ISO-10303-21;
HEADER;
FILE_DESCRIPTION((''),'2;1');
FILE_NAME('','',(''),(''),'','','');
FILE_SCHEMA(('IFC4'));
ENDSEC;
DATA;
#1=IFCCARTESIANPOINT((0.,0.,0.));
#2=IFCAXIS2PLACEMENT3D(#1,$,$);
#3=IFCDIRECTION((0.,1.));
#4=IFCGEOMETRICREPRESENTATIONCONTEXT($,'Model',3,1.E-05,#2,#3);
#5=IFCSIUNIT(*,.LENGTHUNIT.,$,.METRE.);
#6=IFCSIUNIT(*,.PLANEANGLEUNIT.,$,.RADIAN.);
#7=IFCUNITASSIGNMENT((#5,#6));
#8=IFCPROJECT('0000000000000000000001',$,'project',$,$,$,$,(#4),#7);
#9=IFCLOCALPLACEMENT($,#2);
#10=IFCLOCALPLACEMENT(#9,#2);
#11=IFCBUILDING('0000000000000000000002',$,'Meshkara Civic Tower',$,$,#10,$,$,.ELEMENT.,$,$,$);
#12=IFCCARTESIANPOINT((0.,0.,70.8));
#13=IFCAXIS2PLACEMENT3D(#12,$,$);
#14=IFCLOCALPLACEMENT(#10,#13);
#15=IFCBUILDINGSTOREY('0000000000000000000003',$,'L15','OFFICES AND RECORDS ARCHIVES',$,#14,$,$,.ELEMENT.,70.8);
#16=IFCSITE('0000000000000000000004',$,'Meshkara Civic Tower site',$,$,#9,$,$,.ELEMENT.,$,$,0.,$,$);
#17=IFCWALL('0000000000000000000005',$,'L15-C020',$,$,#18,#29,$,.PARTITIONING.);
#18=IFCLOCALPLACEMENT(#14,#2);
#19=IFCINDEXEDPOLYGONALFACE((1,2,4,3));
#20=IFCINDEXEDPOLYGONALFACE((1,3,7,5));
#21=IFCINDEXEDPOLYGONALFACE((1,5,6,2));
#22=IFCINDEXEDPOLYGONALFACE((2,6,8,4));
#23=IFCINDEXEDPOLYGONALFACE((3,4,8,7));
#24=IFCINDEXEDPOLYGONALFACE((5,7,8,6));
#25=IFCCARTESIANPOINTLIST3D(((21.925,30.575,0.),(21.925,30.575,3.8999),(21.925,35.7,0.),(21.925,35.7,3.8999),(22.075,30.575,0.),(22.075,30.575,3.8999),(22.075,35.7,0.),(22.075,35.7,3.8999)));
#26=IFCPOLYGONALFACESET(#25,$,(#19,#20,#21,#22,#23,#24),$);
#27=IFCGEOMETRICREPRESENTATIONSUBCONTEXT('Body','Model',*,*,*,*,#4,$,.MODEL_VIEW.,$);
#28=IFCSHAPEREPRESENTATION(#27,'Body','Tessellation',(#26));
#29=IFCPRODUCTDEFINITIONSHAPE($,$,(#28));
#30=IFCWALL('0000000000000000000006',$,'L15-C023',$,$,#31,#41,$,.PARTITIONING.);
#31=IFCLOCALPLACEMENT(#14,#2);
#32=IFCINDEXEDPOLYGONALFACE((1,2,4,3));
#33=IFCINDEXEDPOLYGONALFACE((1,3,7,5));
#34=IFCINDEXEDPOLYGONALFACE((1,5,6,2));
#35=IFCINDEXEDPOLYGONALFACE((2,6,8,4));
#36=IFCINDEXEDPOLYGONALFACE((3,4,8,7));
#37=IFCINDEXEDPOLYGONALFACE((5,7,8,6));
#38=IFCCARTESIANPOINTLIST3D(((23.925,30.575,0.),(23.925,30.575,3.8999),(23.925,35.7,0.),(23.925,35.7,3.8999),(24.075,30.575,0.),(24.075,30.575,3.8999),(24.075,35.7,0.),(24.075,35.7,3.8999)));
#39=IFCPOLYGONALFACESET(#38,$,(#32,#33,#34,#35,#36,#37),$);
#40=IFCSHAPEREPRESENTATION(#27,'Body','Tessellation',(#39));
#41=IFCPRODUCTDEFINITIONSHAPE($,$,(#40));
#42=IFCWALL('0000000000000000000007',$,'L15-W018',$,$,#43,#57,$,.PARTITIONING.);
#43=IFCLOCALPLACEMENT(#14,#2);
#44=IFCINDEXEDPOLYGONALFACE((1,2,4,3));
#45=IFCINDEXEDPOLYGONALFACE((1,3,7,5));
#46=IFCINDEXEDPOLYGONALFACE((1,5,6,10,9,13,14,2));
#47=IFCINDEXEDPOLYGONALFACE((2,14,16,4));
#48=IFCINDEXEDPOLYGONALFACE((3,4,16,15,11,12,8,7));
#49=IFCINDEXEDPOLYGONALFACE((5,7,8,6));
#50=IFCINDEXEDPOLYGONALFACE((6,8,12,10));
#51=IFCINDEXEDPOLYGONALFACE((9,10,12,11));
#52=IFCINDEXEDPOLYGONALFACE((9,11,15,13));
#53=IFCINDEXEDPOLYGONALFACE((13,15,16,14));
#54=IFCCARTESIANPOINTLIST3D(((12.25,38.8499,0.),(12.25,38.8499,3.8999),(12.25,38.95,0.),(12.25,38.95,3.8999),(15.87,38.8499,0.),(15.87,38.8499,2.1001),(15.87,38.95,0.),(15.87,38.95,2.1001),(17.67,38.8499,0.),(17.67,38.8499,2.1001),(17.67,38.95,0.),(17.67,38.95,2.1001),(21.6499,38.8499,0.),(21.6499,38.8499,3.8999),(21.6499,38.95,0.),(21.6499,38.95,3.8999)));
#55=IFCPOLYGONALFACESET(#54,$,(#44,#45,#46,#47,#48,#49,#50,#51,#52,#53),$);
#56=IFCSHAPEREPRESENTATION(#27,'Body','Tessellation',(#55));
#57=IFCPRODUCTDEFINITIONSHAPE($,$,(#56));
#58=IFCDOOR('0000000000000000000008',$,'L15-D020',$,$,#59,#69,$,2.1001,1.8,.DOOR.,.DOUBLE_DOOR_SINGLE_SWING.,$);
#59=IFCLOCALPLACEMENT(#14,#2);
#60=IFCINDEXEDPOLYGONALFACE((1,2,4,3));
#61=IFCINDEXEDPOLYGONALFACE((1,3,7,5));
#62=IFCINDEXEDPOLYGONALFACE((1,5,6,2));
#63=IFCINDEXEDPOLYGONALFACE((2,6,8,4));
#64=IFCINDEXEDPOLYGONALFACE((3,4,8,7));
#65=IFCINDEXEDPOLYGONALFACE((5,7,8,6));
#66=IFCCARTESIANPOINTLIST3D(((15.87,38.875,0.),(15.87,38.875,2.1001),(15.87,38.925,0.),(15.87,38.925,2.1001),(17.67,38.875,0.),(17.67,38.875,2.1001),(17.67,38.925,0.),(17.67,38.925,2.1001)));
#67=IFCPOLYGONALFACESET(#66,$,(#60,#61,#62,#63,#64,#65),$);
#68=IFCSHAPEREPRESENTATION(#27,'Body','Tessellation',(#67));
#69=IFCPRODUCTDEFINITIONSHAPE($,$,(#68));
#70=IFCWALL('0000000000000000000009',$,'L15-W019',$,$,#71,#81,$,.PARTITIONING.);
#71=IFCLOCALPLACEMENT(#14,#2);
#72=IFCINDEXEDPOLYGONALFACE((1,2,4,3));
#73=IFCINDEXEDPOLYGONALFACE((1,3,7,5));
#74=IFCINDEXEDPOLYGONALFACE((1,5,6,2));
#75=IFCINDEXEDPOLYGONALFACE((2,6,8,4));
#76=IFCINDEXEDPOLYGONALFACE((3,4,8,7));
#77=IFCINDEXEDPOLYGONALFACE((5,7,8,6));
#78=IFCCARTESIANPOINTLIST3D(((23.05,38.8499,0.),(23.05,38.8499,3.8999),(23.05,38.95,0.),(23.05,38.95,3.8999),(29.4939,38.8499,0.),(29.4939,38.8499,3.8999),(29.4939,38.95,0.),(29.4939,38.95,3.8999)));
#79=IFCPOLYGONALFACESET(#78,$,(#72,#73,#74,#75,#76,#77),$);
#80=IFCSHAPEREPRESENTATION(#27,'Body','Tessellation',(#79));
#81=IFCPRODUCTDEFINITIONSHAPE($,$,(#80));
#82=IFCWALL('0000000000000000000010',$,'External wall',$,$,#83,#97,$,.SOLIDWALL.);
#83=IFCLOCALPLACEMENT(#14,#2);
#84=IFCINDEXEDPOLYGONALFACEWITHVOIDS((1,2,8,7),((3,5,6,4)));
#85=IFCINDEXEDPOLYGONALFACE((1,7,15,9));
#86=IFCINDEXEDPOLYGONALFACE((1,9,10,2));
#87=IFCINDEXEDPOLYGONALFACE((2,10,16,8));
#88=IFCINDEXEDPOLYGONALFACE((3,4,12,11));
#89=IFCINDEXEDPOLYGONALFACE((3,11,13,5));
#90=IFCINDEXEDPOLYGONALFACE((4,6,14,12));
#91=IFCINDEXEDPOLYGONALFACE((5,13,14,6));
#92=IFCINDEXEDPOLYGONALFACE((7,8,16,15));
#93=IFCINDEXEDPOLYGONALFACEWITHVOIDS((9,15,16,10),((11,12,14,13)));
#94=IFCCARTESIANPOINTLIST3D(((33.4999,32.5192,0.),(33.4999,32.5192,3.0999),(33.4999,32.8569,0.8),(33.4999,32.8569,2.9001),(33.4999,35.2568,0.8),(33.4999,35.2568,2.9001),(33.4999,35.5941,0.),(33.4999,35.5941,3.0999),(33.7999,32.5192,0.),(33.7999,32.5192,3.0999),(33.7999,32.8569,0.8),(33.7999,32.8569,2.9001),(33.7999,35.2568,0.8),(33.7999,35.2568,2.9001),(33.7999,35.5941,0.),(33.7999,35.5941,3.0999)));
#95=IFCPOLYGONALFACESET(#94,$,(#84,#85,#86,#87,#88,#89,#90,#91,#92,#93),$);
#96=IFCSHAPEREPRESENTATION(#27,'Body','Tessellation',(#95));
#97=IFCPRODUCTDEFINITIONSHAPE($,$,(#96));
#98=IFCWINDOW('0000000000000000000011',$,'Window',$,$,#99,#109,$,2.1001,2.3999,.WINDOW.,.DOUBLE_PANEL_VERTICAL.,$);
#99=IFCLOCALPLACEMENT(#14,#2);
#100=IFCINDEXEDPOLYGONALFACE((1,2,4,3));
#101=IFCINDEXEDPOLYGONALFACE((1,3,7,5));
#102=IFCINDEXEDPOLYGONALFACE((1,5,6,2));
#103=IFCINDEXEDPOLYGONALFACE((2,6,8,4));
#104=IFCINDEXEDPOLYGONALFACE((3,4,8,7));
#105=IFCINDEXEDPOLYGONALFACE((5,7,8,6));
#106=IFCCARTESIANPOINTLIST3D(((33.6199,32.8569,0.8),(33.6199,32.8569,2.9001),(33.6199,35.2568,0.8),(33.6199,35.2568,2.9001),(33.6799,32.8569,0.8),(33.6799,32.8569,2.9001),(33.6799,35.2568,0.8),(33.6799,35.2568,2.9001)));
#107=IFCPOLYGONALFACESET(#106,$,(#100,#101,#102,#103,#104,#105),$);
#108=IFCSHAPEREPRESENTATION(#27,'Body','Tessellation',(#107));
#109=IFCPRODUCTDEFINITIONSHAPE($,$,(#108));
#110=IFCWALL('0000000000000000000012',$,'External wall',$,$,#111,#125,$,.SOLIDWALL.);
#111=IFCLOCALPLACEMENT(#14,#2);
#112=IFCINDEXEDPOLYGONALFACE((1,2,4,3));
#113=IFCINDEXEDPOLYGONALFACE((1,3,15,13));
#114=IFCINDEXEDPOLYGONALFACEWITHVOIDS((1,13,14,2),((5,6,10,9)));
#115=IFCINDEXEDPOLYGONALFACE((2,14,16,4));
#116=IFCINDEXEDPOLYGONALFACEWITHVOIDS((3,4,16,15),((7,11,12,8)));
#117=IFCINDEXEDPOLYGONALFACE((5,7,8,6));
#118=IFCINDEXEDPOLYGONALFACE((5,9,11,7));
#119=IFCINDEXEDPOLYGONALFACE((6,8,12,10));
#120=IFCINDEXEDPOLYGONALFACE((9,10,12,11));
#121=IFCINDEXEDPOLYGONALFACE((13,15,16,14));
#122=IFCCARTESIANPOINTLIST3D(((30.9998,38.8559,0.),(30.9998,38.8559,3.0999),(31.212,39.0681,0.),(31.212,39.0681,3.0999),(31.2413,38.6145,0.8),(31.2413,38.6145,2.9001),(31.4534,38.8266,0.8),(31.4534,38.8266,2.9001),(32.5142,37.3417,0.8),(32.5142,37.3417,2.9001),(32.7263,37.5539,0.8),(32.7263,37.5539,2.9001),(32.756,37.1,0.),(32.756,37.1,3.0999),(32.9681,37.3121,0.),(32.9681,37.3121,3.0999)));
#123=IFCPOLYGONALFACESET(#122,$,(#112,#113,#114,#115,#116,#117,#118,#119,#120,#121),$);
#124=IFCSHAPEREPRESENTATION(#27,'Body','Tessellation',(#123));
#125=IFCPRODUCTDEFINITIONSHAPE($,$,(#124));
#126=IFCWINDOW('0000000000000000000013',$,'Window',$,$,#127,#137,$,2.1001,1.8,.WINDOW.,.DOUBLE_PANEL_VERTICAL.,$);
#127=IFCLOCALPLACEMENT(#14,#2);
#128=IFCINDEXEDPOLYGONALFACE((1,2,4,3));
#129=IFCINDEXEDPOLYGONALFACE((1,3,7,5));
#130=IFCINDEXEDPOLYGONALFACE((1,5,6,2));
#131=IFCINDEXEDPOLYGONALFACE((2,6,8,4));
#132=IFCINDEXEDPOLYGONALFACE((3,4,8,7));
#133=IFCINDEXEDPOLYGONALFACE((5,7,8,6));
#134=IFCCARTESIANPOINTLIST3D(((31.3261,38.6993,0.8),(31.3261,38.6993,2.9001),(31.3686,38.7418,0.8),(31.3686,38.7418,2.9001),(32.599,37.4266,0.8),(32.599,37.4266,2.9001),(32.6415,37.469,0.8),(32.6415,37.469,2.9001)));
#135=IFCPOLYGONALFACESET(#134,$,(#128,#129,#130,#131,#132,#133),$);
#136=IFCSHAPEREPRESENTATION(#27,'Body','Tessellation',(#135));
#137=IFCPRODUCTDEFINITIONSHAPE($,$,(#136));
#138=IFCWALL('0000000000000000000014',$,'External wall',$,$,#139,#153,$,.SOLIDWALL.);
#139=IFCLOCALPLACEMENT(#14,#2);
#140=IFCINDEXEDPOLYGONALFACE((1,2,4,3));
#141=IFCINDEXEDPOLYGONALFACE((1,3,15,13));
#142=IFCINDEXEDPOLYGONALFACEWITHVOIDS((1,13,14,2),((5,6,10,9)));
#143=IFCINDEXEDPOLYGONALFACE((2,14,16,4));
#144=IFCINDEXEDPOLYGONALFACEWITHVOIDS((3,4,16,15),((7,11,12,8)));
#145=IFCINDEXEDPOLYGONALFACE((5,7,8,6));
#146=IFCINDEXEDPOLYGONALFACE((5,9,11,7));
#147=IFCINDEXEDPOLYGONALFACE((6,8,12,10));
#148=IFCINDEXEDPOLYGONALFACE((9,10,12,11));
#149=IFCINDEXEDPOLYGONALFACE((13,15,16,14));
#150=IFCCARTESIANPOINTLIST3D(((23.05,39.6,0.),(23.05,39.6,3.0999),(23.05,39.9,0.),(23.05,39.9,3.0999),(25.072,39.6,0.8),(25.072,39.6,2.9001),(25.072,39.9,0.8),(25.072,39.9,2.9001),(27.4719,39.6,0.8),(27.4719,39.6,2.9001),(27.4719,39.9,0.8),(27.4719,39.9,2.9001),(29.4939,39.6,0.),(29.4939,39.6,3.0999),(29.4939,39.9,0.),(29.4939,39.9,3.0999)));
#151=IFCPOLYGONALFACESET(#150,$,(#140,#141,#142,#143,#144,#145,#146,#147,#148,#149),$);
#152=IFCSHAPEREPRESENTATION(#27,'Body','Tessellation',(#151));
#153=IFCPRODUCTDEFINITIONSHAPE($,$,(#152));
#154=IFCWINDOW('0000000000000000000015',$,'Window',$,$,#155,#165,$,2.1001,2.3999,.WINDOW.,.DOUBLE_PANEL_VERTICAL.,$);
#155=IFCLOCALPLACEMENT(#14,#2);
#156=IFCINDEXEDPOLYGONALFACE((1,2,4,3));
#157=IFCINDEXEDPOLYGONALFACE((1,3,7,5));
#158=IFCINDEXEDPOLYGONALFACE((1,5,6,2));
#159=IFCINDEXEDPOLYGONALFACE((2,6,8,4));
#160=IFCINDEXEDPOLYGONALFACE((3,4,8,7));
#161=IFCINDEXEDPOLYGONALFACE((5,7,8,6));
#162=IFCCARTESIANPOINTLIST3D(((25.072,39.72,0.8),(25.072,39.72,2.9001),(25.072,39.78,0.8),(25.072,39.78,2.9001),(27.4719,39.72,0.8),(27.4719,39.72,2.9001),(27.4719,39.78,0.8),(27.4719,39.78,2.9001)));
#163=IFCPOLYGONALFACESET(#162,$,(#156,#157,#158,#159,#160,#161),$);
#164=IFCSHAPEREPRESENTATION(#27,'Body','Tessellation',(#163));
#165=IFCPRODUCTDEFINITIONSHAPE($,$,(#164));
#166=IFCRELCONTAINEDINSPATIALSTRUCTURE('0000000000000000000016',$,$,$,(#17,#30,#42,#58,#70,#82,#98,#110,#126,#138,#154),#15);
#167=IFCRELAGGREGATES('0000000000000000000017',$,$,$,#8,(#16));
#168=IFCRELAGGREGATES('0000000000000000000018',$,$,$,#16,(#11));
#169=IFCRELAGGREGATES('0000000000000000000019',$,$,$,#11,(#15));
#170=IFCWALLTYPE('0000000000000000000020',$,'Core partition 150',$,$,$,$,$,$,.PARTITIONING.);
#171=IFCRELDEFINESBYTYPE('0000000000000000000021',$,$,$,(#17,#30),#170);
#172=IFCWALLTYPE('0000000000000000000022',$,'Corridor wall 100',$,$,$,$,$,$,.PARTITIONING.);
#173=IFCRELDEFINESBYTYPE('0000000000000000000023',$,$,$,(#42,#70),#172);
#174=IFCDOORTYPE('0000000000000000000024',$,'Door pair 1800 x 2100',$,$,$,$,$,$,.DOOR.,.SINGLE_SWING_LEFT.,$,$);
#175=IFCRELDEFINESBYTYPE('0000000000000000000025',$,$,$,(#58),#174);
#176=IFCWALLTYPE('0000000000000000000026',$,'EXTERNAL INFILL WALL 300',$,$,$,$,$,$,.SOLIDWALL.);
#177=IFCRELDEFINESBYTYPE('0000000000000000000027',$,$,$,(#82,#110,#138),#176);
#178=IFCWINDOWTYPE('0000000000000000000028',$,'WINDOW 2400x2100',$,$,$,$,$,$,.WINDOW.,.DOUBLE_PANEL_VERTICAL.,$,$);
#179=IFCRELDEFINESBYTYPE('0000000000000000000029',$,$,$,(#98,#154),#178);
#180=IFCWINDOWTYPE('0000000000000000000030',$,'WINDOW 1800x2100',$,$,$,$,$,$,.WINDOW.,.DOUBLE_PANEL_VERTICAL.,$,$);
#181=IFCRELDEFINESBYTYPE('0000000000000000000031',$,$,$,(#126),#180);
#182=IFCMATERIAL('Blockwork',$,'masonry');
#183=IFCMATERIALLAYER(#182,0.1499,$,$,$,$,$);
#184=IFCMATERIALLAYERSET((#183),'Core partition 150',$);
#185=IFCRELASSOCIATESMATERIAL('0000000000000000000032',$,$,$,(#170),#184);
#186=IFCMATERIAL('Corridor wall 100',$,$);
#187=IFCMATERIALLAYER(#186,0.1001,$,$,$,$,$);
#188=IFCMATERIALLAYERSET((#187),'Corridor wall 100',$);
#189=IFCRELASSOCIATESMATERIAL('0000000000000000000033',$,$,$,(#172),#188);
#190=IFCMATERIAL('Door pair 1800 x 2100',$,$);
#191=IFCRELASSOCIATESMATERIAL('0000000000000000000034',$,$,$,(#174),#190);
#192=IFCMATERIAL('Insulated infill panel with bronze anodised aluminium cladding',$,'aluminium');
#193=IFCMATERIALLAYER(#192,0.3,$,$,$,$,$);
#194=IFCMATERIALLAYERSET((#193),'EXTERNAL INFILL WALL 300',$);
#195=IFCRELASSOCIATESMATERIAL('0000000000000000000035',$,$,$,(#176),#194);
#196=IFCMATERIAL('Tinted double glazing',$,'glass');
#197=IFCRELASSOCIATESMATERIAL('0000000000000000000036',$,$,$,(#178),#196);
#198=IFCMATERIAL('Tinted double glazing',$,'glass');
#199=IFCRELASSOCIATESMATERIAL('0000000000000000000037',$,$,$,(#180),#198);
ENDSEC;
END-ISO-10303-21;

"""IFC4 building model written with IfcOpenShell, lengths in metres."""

from ifc_helpers import new_model, si_unit, direction, frame, frame_2d, origin, place, context, subcontext, project, spatial, rectangle, extrude, material, layer, layer_set, type_object, element, fill, save


model = new_model("IFC4")

# Units and contexts
model_context = context("Model", 3, precision=1e-05, world=origin(), true_north=direction((0.0, 1.0)))
body_context = subcontext(model_context, "Body", "Model", "MODEL_VIEW")
ifc_project = project(units=[si_unit("LENGTHUNIT", "METRE"), si_unit("PLANEANGLEUNIT", "RADIAN")], contexts=[model_context])

# Site, building, storey
site_placement = place(None, origin())
site = spatial("IfcSite", under=ifc_project, at=site_placement, Name="Meshkara Civic Tower site", CompositionType="ELEMENT", RefElevation=0.0)
building_placement = place(site_placement, origin())
building = spatial("IfcBuilding", under=site, at=building_placement, Name="Meshkara Civic Tower", CompositionType="ELEMENT")
storey_placement = place(building_placement, frame((0.0, 0.0, 70.8)))
storey = spatial("IfcBuildingStorey", under=building, at=storey_placement, Name="L15", Description="OFFICES AND RECORDS ARCHIVES", CompositionType="ELEMENT", Elevation=70.8)

# Shared definitions
ifc_material_1 = material(Name="Blockwork", Category="masonry")
ifc_layer_1 = layer(ifc_material_1, 0.1499)
ifc_layer_set_1 = layer_set([ifc_layer_1], Name="Core partition 150")
wall_type_1 = type_object("IfcWallType", Name="Core partition 150", PredefinedType="PARTITIONING", material=ifc_layer_set_1)

# Walls
for number, where, z_axis, x_axis, name in (
    (1, (22.0, 30.575, 0.0), (0.0, 0.0, 1.0), (0.0, 1.0, 0.0), "L15-C020"),
    (2, (24.0, 30.575, 0.0), (0.0, 0.0, 1.0), (0.0, 1.0, 0.0), "L15-C023"),
):
    element("IfcWall", number, at=place(storey_placement, frame(where, z_axis=z_axis, x_axis=x_axis)), inside=storey, type_object=wall_type_1, Name=name, PredefinedType="PARTITIONING", context=body_context, shape_type="SweptSolid", body=[
        extrude(rectangle(XDim=5.125, YDim=0.1499, at=frame_2d((2.5625, 0.0))), origin(), (0.0, 0.0, 1.0), 3.8999),
    ])

# Wall, opening, door
ifc_material_2 = material(Name="Corridor wall 100")
ifc_layer_2 = layer(ifc_material_2, 0.1001)
ifc_layer_set_2 = layer_set([ifc_layer_2], Name="Corridor wall 100")
wall_type_2 = type_object("IfcWallType", Name="Corridor wall 100", PredefinedType="PARTITIONING", material=ifc_layer_set_2)
wall_1_placement = place(storey_placement, frame((21.6499, 38.8999, 0.0), z_axis=(0.0, 0.0, 1.0), x_axis=(-1.0, 0.0, 0.0)))
wall_1 = element("IfcWall", 3, at=wall_1_placement, inside=storey, type_object=wall_type_2, Name="L15-W018", PredefinedType="PARTITIONING", context=body_context, shape_type="SweptSolid", body=[
    extrude(rectangle(XDim=9.3999, YDim=0.1001, at=frame_2d((4.7, 0.0))), origin(), (0.0, 0.0, 1.0), 3.8999),
])
opening_1_placement = place(wall_1_placement, frame((3.98, 0.0, 0.0)))
opening_1 = element("IfcOpeningElement", 4, at=opening_1_placement, cuts=wall_1, PredefinedType="OPENING", context=body_context, shape_type="SweptSolid", body=[
    extrude(rectangle(XDim=1.8, YDim=2.1001, at=frame_2d((0.8999, 1.05))), frame((0.0, 0.0601, 0.0), z_axis=(0.0, -1.0, 0.0), x_axis=(1.0, 0.0, 0.0)), (0.0, 0.0, 1.0), 0.1201),
])
ifc_material_3 = material(Name="Door pair 1800 x 2100")
door_type_1 = type_object("IfcDoorType", Name="Door pair 1800 x 2100", OperationType="SINGLE_SWING_LEFT", PredefinedType="DOOR", material=ifc_material_3)
door_1_placement = place(opening_1_placement, origin())
door_1 = element("IfcDoor", 5, at=door_1_placement, inside=storey, type_object=door_type_1, Name="L15-D020", OperationType="DOUBLE_DOOR_SINGLE_SWING", OverallHeight=2.1001, OverallWidth=1.8, PredefinedType="DOOR", context=body_context, shape_type="SweptSolid", body=[
    extrude(rectangle(XDim=1.8, YDim=2.1001, at=frame_2d((0.8999, 1.05))), frame((0.0, 0.0249, 0.0), z_axis=(0.0, -1.0, 0.0), x_axis=(1.0, 0.0, 0.0)), (0.0, 0.0, 1.0), 0.05),
])
fill(opening_1, door_1)

# Wall
wall_2_placement = place(storey_placement, frame((29.4939, 38.8999, 0.0), z_axis=(0.0, 0.0, 1.0), x_axis=(-1.0, 0.0, 0.0)))
element("IfcWall", 6, at=wall_2_placement, inside=storey, type_object=wall_type_2, Name="L15-W019", PredefinedType="PARTITIONING", context=body_context, shape_type="SweptSolid", body=[
    extrude(rectangle(XDim=6.4438, YDim=0.1001, at=frame_2d((3.2219, 0.0))), origin(), (0.0, 0.0, 1.0), 3.8999),
])

# Walls, openings, windows
ifc_material_4 = material(Name="Insulated infill panel with bronze anodised aluminium cladding", Category="aluminium")
ifc_layer_3 = layer(ifc_material_4, 0.3)
ifc_layer_set_3 = layer_set([ifc_layer_3], Name="EXTERNAL INFILL WALL 300")
wall_type_3 = type_object("IfcWallType", Name="EXTERNAL INFILL WALL 300", PredefinedType="SOLIDWALL", material=ifc_layer_set_3)
wall_3_placement = place(storey_placement, frame((33.6499, 32.519, 0.0), z_axis=(0.0, 0.0, 1.0), x_axis=(0.0, 1.0, 0.0)))
wall_3 = element("IfcWall", 7, at=wall_3_placement, inside=storey, type_object=wall_type_3, Name="External wall", PredefinedType="SOLIDWALL", context=body_context, shape_type="SweptSolid", body=[
    extrude(rectangle(XDim=3.075, YDim=0.3, at=frame_2d((1.5376, 0.0))), origin(), (0.0, 0.0, 1.0), 3.0999),
])
opening_2_placement = place(wall_3_placement, frame((0.3379, 0.0, 0.8)))
opening_2 = element("IfcOpeningElement", 8, at=opening_2_placement, cuts=wall_3, PredefinedType="OPENING", context=body_context, shape_type="SweptSolid", body=[
    extrude(rectangle(XDim=2.3999, YDim=2.1001, at=frame_2d((1.2, 1.05))), frame((0.0, 0.1599, 0.0), z_axis=(0.0, -1.0, 0.0), x_axis=(1.0, 0.0, 0.0)), (0.0, 0.0, 1.0), 0.3201),
])
ifc_material_5 = material(Name="Tinted double glazing", Category="glass")
window_type_1 = type_object("IfcWindowType", Name="WINDOW 2400x2100", PartitioningType="DOUBLE_PANEL_VERTICAL", PredefinedType="WINDOW", material=ifc_material_5)
window_1_placement = place(opening_2_placement, origin())
window_1 = element("IfcWindow", 9, at=window_1_placement, inside=storey, type_object=window_type_1, Name="Window", OverallHeight=2.1001, OverallWidth=2.3999, PartitioningType="DOUBLE_PANEL_VERTICAL", PredefinedType="WINDOW", context=body_context, shape_type="SweptSolid", body=[
    extrude(rectangle(XDim=2.3999, YDim=2.1001, at=frame_2d((1.2, 1.05))), frame((0.0, 0.03, 0.0), z_axis=(0.0, -1.0, 0.0), x_axis=(1.0, 0.0, 0.0)), (0.0, 0.0, 1.0), 0.0601),
])
fill(opening_2, window_1)
wall_4_placement = place(storey_placement, frame((32.8621, 37.2061, 0.0), z_axis=(0.0, 0.0, 1.0), x_axis=(-0.707156, 0.707058, 0.0)))
wall_4 = element("IfcWall", 10, at=wall_4_placement, inside=storey, type_object=wall_type_3, Name="External wall", PredefinedType="SOLIDWALL", context=body_context, shape_type="SweptSolid", body=[
    extrude(rectangle(XDim=2.4834, YDim=0.3, at=frame_2d((1.2417, 0.0))), origin(), (0.0, 0.0, 1.0), 3.0999),
])
opening_3_placement = place(wall_4_placement, frame((0.342, 0.0, 0.8)))
opening_3 = element("IfcOpeningElement", 11, at=opening_3_placement, cuts=wall_4, PredefinedType="OPENING", context=body_context, shape_type="SweptSolid", body=[
    extrude(rectangle(XDim=1.8, YDim=2.1001, at=frame_2d((0.8999, 1.05))), frame((0.0, 0.1599, 0.0), z_axis=(0.0, -1.0, 0.0), x_axis=(1.0, 0.0, 0.0)), (0.0, 0.0, 1.0), 0.3201),
])
ifc_material_6 = material(Name="Tinted double glazing", Category="glass")
window_type_2 = type_object("IfcWindowType", Name="WINDOW 1800x2100", PartitioningType="DOUBLE_PANEL_VERTICAL", PredefinedType="WINDOW", material=ifc_material_6)
window_2_placement = place(opening_3_placement, origin())
window_2 = element("IfcWindow", 12, at=window_2_placement, inside=storey, type_object=window_type_2, Name="Window", OverallHeight=2.1001, OverallWidth=1.8, PartitioningType="DOUBLE_PANEL_VERTICAL", PredefinedType="WINDOW", context=body_context, shape_type="SweptSolid", body=[
    extrude(rectangle(XDim=1.8, YDim=2.1001, at=frame_2d((0.8999, 1.05))), frame((0.0, 0.03, 0.0), z_axis=(0.0, -1.0, 0.0), x_axis=(1.0, 0.0, 0.0)), (0.0, 0.0, 1.0), 0.0601),
])
fill(opening_3, window_2)
wall_5_placement = place(storey_placement, frame((29.4939, 39.75, 0.0), z_axis=(0.0, 0.0, 1.0), x_axis=(-1.0, 0.0, 0.0)))
wall_5 = element("IfcWall", 13, at=wall_5_placement, inside=storey, type_object=wall_type_3, Name="External wall", PredefinedType="SOLIDWALL", context=body_context, shape_type="SweptSolid", body=[
    extrude(rectangle(XDim=6.4438, YDim=0.3, at=frame_2d((3.2219, 0.0))), origin(), (0.0, 0.0, 1.0), 3.0999),
])
opening_4_placement = place(wall_5_placement, frame((2.022, 0.0, 0.8)))
opening_4 = element("IfcOpeningElement", 14, at=opening_4_placement, cuts=wall_5, PredefinedType="OPENING", context=body_context, shape_type="SweptSolid", body=[
    extrude(rectangle(XDim=2.3999, YDim=2.1001, at=frame_2d((1.2, 1.05))), frame((0.0, 0.1599, 0.0), z_axis=(0.0, -1.0, 0.0), x_axis=(1.0, 0.0, 0.0)), (0.0, 0.0, 1.0), 0.3201),
])
window_3_placement = place(opening_4_placement, origin())
window_3 = element("IfcWindow", 15, at=window_3_placement, inside=storey, type_object=window_type_1, Name="Window", OverallHeight=2.1001, OverallWidth=2.3999, PartitioningType="DOUBLE_PANEL_VERTICAL", PredefinedType="WINDOW", context=body_context, shape_type="SweptSolid", body=[
    extrude(rectangle(XDim=2.3999, YDim=2.1001, at=frame_2d((1.2, 1.05))), frame((0.0, 0.03, 0.0), z_axis=(0.0, -1.0, 0.0), x_axis=(1.0, 0.0, 0.0)), (0.0, 0.0, 1.0), 0.0601),
])
fill(opening_4, window_3)

save(model, "model.ifc")
